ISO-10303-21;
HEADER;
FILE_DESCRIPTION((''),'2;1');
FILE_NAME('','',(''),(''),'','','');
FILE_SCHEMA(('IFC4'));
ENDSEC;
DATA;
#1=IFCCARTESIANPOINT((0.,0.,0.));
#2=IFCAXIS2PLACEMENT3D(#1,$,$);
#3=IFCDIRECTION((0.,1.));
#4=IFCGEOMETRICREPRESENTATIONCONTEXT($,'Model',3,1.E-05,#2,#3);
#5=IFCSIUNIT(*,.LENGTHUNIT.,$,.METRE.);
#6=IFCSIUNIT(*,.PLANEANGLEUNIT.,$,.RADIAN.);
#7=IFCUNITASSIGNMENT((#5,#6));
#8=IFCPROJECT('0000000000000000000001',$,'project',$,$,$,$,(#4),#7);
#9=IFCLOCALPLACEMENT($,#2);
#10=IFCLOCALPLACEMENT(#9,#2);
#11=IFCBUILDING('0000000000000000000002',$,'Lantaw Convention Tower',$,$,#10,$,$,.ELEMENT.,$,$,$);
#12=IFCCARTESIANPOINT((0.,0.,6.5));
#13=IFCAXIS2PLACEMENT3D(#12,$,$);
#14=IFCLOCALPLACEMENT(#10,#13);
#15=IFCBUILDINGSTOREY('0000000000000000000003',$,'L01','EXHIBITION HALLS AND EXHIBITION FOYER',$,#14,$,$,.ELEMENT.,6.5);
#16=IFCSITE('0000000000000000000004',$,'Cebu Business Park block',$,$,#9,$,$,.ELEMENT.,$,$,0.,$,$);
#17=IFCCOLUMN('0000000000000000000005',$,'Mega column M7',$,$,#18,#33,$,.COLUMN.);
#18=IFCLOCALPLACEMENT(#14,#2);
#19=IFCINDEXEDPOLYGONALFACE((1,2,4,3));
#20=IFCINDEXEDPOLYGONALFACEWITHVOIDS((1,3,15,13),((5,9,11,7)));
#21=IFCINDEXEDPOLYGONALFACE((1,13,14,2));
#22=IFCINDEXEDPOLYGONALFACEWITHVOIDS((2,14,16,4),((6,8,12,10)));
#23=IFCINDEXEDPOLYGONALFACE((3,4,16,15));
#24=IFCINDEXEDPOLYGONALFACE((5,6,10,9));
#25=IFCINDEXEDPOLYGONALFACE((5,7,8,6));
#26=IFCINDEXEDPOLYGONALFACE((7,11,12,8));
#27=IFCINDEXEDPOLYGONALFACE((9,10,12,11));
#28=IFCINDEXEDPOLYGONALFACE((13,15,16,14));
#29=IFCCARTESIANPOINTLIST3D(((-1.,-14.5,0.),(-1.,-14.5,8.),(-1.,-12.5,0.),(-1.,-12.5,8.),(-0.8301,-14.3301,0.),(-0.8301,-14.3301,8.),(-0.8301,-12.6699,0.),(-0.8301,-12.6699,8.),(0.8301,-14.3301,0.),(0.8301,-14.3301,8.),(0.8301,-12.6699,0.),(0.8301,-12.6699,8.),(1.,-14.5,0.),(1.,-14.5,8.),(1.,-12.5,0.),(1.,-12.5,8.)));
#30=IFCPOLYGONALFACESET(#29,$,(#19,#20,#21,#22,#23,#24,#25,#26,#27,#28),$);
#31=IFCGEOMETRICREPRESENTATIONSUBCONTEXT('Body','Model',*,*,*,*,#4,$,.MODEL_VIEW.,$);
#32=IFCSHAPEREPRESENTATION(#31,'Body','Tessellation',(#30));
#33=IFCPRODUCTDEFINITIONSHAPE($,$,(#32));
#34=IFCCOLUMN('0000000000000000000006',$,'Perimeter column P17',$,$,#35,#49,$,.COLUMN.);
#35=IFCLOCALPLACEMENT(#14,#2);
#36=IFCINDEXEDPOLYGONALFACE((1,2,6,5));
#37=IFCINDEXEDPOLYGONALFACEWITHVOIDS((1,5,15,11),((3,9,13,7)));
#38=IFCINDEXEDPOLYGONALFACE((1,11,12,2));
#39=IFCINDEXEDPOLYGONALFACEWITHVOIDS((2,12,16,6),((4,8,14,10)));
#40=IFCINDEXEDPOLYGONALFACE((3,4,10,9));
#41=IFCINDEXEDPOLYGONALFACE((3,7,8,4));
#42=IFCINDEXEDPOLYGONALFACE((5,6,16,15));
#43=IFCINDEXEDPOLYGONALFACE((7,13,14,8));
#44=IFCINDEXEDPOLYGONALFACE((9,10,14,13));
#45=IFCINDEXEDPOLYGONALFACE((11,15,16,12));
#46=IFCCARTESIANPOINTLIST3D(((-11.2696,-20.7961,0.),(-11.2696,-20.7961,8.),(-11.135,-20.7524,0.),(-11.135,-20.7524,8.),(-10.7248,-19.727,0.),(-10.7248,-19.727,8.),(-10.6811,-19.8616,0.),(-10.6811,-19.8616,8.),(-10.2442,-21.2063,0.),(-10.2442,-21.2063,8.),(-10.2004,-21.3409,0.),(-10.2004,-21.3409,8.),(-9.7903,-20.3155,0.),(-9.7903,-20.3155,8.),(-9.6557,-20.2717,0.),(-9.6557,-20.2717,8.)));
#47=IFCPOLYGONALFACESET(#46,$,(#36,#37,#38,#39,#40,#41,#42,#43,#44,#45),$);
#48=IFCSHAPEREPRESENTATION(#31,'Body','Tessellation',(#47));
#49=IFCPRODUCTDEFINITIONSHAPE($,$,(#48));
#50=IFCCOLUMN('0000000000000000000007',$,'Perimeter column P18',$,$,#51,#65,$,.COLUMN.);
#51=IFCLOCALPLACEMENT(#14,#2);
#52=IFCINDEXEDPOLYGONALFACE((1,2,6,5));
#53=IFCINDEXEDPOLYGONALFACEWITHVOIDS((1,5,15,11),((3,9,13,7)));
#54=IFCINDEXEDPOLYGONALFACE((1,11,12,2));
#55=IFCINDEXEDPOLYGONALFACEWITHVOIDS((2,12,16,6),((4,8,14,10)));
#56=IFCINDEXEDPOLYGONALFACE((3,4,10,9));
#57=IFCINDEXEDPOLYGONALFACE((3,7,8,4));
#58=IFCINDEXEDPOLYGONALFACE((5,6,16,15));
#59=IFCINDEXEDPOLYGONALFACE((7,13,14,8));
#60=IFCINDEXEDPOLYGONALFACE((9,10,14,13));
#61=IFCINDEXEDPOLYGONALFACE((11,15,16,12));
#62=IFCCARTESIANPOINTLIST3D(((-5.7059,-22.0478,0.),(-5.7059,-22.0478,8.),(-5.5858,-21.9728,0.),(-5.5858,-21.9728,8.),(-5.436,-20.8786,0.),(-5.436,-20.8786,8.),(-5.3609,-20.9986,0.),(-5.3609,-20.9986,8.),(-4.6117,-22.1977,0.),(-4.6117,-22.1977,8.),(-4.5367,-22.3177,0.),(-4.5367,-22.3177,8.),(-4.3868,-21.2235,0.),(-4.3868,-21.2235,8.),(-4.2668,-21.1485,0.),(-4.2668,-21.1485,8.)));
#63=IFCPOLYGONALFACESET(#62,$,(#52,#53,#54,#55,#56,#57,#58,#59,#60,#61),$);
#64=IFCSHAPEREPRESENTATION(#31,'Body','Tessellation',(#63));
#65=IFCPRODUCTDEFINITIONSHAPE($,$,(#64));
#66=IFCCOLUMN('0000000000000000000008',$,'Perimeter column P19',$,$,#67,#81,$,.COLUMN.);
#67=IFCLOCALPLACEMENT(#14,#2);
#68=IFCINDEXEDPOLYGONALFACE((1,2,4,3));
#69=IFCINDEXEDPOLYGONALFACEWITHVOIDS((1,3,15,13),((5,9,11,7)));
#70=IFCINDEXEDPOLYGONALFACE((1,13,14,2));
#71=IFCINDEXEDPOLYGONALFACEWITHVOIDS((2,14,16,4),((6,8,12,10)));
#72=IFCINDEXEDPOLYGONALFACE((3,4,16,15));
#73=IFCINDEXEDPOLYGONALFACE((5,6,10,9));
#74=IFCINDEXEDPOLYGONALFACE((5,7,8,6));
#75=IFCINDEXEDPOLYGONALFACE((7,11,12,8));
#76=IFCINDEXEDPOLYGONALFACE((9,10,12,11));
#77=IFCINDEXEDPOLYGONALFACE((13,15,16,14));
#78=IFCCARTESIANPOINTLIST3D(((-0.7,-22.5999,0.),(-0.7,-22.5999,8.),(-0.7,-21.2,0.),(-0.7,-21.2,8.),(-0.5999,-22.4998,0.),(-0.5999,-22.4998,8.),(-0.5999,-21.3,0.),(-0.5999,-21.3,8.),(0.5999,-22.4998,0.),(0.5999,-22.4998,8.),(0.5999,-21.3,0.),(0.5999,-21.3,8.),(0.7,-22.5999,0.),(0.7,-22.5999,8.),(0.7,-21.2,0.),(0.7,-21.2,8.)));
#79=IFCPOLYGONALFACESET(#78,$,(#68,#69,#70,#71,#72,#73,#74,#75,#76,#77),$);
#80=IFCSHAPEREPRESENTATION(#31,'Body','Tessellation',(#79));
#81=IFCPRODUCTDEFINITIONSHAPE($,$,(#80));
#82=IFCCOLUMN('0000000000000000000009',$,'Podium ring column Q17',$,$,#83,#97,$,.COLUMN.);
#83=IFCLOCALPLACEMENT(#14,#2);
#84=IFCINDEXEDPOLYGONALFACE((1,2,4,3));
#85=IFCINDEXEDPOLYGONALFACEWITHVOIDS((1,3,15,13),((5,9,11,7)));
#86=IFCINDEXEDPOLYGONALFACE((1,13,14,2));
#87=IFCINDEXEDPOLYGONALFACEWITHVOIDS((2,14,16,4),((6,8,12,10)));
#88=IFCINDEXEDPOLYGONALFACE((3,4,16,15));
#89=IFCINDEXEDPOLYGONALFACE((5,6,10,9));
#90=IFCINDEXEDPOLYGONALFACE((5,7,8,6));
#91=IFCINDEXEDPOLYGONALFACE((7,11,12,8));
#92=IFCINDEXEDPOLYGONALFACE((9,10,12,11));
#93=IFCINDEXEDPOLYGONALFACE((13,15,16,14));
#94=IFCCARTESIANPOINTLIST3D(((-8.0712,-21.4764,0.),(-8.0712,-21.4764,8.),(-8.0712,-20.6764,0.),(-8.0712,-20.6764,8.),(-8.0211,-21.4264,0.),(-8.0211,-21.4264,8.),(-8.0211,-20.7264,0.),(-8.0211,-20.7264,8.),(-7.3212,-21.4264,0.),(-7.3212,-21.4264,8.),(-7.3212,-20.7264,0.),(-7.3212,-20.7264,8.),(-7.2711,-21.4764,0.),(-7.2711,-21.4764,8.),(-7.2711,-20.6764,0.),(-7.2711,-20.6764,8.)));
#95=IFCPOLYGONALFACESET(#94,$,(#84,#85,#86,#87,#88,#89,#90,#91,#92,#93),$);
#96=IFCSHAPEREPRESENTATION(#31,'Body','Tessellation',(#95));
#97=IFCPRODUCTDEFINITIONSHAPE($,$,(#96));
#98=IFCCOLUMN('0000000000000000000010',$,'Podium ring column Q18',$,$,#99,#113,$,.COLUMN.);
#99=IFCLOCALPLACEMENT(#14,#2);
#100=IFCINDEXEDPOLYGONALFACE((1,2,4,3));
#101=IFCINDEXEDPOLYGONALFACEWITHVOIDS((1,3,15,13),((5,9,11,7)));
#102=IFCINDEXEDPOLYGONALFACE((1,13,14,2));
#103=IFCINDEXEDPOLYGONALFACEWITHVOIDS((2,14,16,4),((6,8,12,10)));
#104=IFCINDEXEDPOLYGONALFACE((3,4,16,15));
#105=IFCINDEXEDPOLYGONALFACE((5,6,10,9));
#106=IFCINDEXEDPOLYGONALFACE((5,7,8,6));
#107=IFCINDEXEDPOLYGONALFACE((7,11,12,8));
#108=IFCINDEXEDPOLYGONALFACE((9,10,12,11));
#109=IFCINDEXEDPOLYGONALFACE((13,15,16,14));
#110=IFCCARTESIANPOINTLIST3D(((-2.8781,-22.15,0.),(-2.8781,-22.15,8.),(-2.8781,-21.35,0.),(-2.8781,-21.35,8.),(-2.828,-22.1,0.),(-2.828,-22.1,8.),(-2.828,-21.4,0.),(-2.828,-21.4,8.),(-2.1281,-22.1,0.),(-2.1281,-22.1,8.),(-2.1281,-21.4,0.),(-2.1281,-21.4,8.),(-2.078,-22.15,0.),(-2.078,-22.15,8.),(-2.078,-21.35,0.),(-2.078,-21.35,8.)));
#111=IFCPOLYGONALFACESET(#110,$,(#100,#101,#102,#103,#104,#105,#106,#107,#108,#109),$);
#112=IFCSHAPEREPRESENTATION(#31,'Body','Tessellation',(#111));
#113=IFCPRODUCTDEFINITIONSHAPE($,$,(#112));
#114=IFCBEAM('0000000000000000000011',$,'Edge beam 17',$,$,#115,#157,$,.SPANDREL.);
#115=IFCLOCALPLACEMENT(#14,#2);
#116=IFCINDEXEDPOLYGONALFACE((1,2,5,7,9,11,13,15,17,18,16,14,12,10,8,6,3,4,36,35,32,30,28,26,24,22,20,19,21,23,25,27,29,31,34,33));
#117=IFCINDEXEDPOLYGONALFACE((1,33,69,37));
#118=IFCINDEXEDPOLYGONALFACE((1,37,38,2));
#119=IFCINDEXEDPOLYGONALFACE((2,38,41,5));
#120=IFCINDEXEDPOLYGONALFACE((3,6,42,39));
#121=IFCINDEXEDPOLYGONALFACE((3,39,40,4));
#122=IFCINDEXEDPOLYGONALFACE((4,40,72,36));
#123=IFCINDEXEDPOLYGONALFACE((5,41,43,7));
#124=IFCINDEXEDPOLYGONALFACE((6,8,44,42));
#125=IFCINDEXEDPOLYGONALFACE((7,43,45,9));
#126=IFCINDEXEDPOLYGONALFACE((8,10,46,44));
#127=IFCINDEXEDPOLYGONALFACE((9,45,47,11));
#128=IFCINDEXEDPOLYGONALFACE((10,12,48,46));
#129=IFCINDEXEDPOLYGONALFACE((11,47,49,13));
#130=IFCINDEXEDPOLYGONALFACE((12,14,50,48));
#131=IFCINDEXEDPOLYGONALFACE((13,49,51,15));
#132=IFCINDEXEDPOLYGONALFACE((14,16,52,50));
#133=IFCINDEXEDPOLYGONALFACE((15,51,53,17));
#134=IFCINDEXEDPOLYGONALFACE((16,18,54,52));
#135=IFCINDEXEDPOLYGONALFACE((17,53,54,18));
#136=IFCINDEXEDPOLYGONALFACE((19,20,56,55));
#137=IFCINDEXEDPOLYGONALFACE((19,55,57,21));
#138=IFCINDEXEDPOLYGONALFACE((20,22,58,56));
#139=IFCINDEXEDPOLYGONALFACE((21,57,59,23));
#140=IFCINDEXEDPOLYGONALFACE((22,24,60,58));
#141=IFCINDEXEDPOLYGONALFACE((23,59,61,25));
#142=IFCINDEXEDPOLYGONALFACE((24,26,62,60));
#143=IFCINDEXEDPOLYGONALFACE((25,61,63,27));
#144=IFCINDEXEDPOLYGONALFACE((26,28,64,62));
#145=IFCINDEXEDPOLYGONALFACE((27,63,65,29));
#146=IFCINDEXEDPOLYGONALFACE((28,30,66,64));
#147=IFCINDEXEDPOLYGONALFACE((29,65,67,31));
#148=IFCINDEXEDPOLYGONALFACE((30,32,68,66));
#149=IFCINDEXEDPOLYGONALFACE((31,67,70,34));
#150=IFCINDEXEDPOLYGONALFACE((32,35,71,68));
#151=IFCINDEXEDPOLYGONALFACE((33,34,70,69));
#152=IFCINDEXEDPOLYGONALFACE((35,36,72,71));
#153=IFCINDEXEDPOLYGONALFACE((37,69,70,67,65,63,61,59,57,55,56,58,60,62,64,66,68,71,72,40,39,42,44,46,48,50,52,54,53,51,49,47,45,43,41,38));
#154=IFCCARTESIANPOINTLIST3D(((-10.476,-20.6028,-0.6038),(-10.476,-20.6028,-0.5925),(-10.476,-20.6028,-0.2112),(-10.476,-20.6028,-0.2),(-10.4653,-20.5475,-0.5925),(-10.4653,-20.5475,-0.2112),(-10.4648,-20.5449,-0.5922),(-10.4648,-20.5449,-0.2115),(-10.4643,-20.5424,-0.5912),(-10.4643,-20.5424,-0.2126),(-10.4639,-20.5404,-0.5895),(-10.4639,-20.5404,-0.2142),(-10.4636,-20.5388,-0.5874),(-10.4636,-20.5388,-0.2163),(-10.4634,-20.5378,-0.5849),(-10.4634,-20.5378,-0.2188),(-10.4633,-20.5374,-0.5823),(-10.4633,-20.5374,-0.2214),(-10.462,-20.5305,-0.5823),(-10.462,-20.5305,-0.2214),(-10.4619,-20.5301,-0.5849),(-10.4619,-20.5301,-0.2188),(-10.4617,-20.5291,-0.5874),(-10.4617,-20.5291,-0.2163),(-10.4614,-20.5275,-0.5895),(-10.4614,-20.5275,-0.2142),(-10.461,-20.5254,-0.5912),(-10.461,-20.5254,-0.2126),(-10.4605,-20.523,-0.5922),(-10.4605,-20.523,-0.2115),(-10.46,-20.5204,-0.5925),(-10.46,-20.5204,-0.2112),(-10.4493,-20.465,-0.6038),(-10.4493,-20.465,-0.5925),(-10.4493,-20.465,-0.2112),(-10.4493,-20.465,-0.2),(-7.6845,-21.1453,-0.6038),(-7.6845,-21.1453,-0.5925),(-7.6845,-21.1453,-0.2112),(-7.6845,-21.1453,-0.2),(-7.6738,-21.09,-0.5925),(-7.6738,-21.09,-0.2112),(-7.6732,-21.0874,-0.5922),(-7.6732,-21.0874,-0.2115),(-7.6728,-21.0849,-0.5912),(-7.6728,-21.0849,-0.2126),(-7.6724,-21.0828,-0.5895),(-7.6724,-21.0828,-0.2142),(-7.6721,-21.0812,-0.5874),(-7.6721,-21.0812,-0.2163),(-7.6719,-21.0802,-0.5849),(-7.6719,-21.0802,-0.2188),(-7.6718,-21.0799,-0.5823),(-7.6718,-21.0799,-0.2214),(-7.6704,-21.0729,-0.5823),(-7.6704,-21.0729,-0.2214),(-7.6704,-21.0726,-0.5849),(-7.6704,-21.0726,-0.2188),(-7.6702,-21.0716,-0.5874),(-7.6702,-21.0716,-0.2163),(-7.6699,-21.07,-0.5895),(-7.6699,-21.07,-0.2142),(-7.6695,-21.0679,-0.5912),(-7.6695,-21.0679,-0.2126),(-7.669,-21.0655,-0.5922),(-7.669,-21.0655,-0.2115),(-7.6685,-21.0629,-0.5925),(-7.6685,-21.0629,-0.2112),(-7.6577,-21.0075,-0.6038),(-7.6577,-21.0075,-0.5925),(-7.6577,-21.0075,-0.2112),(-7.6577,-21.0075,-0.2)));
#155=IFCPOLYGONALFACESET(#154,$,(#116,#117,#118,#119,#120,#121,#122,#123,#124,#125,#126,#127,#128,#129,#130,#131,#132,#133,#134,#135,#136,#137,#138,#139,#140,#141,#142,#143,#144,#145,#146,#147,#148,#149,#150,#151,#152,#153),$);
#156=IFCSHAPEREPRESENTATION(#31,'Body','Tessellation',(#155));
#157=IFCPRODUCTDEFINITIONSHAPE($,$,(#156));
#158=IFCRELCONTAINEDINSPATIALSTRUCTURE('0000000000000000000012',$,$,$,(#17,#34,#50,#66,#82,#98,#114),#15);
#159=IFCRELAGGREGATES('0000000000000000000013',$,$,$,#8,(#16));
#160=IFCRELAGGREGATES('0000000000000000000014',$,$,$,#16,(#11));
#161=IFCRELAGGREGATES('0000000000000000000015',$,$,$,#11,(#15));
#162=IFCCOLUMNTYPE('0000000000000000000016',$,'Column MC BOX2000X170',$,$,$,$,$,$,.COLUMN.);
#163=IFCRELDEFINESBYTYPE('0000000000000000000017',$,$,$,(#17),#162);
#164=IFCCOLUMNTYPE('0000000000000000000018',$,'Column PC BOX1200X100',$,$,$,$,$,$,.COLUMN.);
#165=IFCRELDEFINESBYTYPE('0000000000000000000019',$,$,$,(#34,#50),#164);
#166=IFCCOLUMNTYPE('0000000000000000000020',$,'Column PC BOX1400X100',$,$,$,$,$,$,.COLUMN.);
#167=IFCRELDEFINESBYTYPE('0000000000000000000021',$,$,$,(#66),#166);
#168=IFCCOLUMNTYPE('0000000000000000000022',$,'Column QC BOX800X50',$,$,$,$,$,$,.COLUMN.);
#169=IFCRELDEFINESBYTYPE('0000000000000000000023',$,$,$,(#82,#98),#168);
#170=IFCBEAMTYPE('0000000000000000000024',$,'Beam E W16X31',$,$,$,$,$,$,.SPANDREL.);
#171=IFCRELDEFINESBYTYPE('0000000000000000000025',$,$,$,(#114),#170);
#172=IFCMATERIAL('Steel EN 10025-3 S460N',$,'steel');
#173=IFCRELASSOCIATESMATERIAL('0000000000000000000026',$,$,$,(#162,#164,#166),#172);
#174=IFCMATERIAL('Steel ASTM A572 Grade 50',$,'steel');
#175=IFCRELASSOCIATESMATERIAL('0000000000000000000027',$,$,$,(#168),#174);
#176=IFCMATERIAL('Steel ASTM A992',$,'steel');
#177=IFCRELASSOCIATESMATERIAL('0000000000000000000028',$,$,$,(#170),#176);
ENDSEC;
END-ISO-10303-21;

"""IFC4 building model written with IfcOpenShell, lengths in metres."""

from ifc_helpers import new_model, si_unit, direction, frame, origin, origin_2d, place, context, subcontext, project, spatial, rectangle, hollow_rectangle, i_section, extrude, material, material_profile, profile_set, type_object, element, save


model = new_model("IFC4")

# Units and contexts
model_context = context("Model", 3, precision=1e-05, world=origin(), true_north=direction((0.0, 1.0)))
body_context = subcontext(model_context, "Body", "Model", "MODEL_VIEW")
ifc_project = project(units=[si_unit("LENGTHUNIT", "METRE"), si_unit("PLANEANGLEUNIT", "RADIAN")], contexts=[model_context])

# Site, building, storey
site_placement = place(None, origin())
site = spatial("IfcSite", under=ifc_project, at=site_placement, Name="Cebu Business Park block", CompositionType="ELEMENT", RefElevation=0.0)
building_placement = place(site_placement, origin())
building = spatial("IfcBuilding", under=site, at=building_placement, Name="Lantaw Convention Tower", CompositionType="ELEMENT")
storey_placement = place(building_placement, frame((0.0, 0.0, 6.5)))
storey = spatial("IfcBuildingStorey", under=building, at=storey_placement, Name="L01", Description="EXHIBITION HALLS AND EXHIBITION FOYER", CompositionType="ELEMENT", Elevation=6.5)

# Columns
ifc_material_1 = material(Name="Steel EN 10025-3 S460N", Category="steel")
ifc_material_profile_1 = material_profile(ifc_material_1, hollow_rectangle(XDim=2.0, YDim=2.0, WallThickness=0.1699, at=origin_2d()), Name="BOX2000X170")
ifc_material_2 = material(Name="Concrete C60/75", Category="concrete")
ifc_material_profile_2 = material_profile(ifc_material_2, rectangle(XDim=1.6599, YDim=1.6599, at=origin_2d()), Name="Concrete fill of BOX2000X170")
ifc_profile_set_1 = profile_set([ifc_material_profile_1, ifc_material_profile_2], Name="Steel EN 10025-3 S460N")
column_type_1 = type_object("IfcColumnType", Name="Column MC BOX2000X170", PredefinedType="COLUMN", material=ifc_profile_set_1)
column_1_placement = place(storey_placement, frame((0.0, -13.5, 0.0), z_axis=(0.0, 0.0, 1.0), x_axis=(1.0, 0.0, 0.0)))
element("IfcColumn", 1, at=column_1_placement, inside=storey, type_object=column_type_1, Name="Mega column M7", PredefinedType="COLUMN", context=body_context, shape_type="SweptSolid", body=[
    extrude(hollow_rectangle(XDim=2.0, YDim=2.0, WallThickness=0.1699, at=origin_2d()), origin(), (0.0, 0.0, 1.0), 8.0),
])
ifc_material_profile_3 = material_profile(ifc_material_1, hollow_rectangle(XDim=1.2, YDim=1.2, WallThickness=0.1001, at=origin_2d()), Name="BOX1200X100")
ifc_material_profile_4 = material_profile(ifc_material_2, rectangle(XDim=1.0, YDim=1.0, at=origin_2d()), Name="Concrete fill of BOX1200X100")
ifc_profile_set_2 = profile_set([ifc_material_profile_3, ifc_material_profile_4], Name="Steel EN 10025-3 S460N")
column_type_2 = type_object("IfcColumnType", Name="Column PC BOX1200X100", PredefinedType="COLUMN", material=ifc_profile_set_2)
for number, where, z_axis, x_axis, name in (
    (2, (-10.4626, -20.5339, 0.0), (0.0, 0.0, 1.0), (0.45399, 0.891007, 0.0), "Perimeter column P17"),
    (3, (-4.9863, -21.5981, 0.0), (0.0, 0.0, 1.0), (0.224951, 0.97437, 0.0), "Perimeter column P18"),
):
    element("IfcColumn", number, at=place(storey_placement, frame(where, z_axis=z_axis, x_axis=x_axis)), inside=storey, type_object=column_type_2, Name=name, PredefinedType="COLUMN", context=body_context, shape_type="SweptSolid", body=[
        extrude(hollow_rectangle(XDim=1.2, YDim=1.2, WallThickness=0.1001, at=origin_2d()), origin(), (0.0, 0.0, 1.0), 8.0),
    ])
ifc_material_profile_5 = material_profile(ifc_material_1, hollow_rectangle(XDim=1.3999, YDim=1.3999, WallThickness=0.1001, at=origin_2d()), Name="BOX1400X100")
ifc_material_profile_6 = material_profile(ifc_material_2, rectangle(XDim=1.2, YDim=1.2, at=origin_2d()), Name="Concrete fill of BOX1400X100")
ifc_profile_set_3 = profile_set([ifc_material_profile_5, ifc_material_profile_6], Name="Steel EN 10025-3 S460N")
column_type_3 = type_object("IfcColumnType", Name="Column PC BOX1400X100", PredefinedType="COLUMN", material=ifc_profile_set_3)
column_2_placement = place(storey_placement, frame((0.0, -21.8999, 0.0), z_axis=(0.0, 0.0, 1.0), x_axis=(1.0, 0.0, 0.0)))
element("IfcColumn", 4, at=column_2_placement, inside=storey, type_object=column_type_3, Name="Perimeter column P19", PredefinedType="COLUMN", context=body_context, shape_type="SweptSolid", body=[
    extrude(hollow_rectangle(XDim=1.3999, YDim=1.3999, WallThickness=0.1001, at=origin_2d()), origin(), (0.0, 0.0, 1.0), 8.0),
])
ifc_material_3 = material(Name="Steel ASTM A572 Grade 50", Category="steel")
ifc_material_profile_7 = material_profile(ifc_material_3, hollow_rectangle(XDim=0.8, YDim=0.8, WallThickness=0.05, at=origin_2d()), Name="BOX800X50")
ifc_profile_set_4 = profile_set([ifc_material_profile_7], Name="Steel ASTM A572 Grade 50")
column_type_4 = type_object("IfcColumnType", Name="Column QC BOX800X50", PredefinedType="COLUMN", material=ifc_profile_set_4)
for number, where, z_axis, x_axis, name in (
    (5, (-7.6711, -21.0764, 0.0), (0.0, 0.0, 1.0), (1.0, 0.0, 0.0), "Podium ring column Q17"),
    (6, (-2.478, -21.75, 0.0), (0.0, 0.0, 1.0), (1.0, 0.0, 0.0), "Podium ring column Q18"),
):
    element("IfcColumn", number, at=place(storey_placement, frame(where, z_axis=z_axis, x_axis=x_axis)), inside=storey, type_object=column_type_4, Name=name, PredefinedType="COLUMN", context=body_context, shape_type="SweptSolid", body=[
        extrude(hollow_rectangle(XDim=0.8, YDim=0.8, WallThickness=0.05, at=origin_2d()), origin(), (0.0, 0.0, 1.0), 8.0),
    ])

# Beam
ifc_material_4 = material(Name="Steel ASTM A992", Category="steel")
ifc_material_profile_8 = material_profile(ifc_material_4, i_section(OverallWidth=0.1404, OverallDepth=0.4038, WebThickness=0.0071, FlangeThickness=0.0112, FilletRadius=0.0103, at=origin_2d()), Name="W16X31")
ifc_profile_set_5 = profile_set([ifc_material_profile_8], Name="Steel ASTM A992")
beam_type_1 = type_object("IfcBeamType", Name="Beam E W16X31", PredefinedType="SPANDREL", material=ifc_profile_set_5)
beam_1_placement = place(storey_placement, frame((-10.4626, -20.5339, -0.4019), z_axis=(0.981636, -0.190764, 0.0), x_axis=(0.190764, 0.981636, 0.0)))
element("IfcBeam", 7, at=beam_1_placement, inside=storey, type_object=beam_type_1, Name="Edge beam 17", PredefinedType="SPANDREL", context=body_context, shape_type="SweptSolid", body=[
    extrude(i_section(OverallWidth=0.1404, OverallDepth=0.4038, WebThickness=0.0071, FlangeThickness=0.0112, FilletRadius=0.0103, at=origin_2d()), origin(), (0.0, 0.0, 1.0), 2.8438),
])

save(model, "model.ifc")
